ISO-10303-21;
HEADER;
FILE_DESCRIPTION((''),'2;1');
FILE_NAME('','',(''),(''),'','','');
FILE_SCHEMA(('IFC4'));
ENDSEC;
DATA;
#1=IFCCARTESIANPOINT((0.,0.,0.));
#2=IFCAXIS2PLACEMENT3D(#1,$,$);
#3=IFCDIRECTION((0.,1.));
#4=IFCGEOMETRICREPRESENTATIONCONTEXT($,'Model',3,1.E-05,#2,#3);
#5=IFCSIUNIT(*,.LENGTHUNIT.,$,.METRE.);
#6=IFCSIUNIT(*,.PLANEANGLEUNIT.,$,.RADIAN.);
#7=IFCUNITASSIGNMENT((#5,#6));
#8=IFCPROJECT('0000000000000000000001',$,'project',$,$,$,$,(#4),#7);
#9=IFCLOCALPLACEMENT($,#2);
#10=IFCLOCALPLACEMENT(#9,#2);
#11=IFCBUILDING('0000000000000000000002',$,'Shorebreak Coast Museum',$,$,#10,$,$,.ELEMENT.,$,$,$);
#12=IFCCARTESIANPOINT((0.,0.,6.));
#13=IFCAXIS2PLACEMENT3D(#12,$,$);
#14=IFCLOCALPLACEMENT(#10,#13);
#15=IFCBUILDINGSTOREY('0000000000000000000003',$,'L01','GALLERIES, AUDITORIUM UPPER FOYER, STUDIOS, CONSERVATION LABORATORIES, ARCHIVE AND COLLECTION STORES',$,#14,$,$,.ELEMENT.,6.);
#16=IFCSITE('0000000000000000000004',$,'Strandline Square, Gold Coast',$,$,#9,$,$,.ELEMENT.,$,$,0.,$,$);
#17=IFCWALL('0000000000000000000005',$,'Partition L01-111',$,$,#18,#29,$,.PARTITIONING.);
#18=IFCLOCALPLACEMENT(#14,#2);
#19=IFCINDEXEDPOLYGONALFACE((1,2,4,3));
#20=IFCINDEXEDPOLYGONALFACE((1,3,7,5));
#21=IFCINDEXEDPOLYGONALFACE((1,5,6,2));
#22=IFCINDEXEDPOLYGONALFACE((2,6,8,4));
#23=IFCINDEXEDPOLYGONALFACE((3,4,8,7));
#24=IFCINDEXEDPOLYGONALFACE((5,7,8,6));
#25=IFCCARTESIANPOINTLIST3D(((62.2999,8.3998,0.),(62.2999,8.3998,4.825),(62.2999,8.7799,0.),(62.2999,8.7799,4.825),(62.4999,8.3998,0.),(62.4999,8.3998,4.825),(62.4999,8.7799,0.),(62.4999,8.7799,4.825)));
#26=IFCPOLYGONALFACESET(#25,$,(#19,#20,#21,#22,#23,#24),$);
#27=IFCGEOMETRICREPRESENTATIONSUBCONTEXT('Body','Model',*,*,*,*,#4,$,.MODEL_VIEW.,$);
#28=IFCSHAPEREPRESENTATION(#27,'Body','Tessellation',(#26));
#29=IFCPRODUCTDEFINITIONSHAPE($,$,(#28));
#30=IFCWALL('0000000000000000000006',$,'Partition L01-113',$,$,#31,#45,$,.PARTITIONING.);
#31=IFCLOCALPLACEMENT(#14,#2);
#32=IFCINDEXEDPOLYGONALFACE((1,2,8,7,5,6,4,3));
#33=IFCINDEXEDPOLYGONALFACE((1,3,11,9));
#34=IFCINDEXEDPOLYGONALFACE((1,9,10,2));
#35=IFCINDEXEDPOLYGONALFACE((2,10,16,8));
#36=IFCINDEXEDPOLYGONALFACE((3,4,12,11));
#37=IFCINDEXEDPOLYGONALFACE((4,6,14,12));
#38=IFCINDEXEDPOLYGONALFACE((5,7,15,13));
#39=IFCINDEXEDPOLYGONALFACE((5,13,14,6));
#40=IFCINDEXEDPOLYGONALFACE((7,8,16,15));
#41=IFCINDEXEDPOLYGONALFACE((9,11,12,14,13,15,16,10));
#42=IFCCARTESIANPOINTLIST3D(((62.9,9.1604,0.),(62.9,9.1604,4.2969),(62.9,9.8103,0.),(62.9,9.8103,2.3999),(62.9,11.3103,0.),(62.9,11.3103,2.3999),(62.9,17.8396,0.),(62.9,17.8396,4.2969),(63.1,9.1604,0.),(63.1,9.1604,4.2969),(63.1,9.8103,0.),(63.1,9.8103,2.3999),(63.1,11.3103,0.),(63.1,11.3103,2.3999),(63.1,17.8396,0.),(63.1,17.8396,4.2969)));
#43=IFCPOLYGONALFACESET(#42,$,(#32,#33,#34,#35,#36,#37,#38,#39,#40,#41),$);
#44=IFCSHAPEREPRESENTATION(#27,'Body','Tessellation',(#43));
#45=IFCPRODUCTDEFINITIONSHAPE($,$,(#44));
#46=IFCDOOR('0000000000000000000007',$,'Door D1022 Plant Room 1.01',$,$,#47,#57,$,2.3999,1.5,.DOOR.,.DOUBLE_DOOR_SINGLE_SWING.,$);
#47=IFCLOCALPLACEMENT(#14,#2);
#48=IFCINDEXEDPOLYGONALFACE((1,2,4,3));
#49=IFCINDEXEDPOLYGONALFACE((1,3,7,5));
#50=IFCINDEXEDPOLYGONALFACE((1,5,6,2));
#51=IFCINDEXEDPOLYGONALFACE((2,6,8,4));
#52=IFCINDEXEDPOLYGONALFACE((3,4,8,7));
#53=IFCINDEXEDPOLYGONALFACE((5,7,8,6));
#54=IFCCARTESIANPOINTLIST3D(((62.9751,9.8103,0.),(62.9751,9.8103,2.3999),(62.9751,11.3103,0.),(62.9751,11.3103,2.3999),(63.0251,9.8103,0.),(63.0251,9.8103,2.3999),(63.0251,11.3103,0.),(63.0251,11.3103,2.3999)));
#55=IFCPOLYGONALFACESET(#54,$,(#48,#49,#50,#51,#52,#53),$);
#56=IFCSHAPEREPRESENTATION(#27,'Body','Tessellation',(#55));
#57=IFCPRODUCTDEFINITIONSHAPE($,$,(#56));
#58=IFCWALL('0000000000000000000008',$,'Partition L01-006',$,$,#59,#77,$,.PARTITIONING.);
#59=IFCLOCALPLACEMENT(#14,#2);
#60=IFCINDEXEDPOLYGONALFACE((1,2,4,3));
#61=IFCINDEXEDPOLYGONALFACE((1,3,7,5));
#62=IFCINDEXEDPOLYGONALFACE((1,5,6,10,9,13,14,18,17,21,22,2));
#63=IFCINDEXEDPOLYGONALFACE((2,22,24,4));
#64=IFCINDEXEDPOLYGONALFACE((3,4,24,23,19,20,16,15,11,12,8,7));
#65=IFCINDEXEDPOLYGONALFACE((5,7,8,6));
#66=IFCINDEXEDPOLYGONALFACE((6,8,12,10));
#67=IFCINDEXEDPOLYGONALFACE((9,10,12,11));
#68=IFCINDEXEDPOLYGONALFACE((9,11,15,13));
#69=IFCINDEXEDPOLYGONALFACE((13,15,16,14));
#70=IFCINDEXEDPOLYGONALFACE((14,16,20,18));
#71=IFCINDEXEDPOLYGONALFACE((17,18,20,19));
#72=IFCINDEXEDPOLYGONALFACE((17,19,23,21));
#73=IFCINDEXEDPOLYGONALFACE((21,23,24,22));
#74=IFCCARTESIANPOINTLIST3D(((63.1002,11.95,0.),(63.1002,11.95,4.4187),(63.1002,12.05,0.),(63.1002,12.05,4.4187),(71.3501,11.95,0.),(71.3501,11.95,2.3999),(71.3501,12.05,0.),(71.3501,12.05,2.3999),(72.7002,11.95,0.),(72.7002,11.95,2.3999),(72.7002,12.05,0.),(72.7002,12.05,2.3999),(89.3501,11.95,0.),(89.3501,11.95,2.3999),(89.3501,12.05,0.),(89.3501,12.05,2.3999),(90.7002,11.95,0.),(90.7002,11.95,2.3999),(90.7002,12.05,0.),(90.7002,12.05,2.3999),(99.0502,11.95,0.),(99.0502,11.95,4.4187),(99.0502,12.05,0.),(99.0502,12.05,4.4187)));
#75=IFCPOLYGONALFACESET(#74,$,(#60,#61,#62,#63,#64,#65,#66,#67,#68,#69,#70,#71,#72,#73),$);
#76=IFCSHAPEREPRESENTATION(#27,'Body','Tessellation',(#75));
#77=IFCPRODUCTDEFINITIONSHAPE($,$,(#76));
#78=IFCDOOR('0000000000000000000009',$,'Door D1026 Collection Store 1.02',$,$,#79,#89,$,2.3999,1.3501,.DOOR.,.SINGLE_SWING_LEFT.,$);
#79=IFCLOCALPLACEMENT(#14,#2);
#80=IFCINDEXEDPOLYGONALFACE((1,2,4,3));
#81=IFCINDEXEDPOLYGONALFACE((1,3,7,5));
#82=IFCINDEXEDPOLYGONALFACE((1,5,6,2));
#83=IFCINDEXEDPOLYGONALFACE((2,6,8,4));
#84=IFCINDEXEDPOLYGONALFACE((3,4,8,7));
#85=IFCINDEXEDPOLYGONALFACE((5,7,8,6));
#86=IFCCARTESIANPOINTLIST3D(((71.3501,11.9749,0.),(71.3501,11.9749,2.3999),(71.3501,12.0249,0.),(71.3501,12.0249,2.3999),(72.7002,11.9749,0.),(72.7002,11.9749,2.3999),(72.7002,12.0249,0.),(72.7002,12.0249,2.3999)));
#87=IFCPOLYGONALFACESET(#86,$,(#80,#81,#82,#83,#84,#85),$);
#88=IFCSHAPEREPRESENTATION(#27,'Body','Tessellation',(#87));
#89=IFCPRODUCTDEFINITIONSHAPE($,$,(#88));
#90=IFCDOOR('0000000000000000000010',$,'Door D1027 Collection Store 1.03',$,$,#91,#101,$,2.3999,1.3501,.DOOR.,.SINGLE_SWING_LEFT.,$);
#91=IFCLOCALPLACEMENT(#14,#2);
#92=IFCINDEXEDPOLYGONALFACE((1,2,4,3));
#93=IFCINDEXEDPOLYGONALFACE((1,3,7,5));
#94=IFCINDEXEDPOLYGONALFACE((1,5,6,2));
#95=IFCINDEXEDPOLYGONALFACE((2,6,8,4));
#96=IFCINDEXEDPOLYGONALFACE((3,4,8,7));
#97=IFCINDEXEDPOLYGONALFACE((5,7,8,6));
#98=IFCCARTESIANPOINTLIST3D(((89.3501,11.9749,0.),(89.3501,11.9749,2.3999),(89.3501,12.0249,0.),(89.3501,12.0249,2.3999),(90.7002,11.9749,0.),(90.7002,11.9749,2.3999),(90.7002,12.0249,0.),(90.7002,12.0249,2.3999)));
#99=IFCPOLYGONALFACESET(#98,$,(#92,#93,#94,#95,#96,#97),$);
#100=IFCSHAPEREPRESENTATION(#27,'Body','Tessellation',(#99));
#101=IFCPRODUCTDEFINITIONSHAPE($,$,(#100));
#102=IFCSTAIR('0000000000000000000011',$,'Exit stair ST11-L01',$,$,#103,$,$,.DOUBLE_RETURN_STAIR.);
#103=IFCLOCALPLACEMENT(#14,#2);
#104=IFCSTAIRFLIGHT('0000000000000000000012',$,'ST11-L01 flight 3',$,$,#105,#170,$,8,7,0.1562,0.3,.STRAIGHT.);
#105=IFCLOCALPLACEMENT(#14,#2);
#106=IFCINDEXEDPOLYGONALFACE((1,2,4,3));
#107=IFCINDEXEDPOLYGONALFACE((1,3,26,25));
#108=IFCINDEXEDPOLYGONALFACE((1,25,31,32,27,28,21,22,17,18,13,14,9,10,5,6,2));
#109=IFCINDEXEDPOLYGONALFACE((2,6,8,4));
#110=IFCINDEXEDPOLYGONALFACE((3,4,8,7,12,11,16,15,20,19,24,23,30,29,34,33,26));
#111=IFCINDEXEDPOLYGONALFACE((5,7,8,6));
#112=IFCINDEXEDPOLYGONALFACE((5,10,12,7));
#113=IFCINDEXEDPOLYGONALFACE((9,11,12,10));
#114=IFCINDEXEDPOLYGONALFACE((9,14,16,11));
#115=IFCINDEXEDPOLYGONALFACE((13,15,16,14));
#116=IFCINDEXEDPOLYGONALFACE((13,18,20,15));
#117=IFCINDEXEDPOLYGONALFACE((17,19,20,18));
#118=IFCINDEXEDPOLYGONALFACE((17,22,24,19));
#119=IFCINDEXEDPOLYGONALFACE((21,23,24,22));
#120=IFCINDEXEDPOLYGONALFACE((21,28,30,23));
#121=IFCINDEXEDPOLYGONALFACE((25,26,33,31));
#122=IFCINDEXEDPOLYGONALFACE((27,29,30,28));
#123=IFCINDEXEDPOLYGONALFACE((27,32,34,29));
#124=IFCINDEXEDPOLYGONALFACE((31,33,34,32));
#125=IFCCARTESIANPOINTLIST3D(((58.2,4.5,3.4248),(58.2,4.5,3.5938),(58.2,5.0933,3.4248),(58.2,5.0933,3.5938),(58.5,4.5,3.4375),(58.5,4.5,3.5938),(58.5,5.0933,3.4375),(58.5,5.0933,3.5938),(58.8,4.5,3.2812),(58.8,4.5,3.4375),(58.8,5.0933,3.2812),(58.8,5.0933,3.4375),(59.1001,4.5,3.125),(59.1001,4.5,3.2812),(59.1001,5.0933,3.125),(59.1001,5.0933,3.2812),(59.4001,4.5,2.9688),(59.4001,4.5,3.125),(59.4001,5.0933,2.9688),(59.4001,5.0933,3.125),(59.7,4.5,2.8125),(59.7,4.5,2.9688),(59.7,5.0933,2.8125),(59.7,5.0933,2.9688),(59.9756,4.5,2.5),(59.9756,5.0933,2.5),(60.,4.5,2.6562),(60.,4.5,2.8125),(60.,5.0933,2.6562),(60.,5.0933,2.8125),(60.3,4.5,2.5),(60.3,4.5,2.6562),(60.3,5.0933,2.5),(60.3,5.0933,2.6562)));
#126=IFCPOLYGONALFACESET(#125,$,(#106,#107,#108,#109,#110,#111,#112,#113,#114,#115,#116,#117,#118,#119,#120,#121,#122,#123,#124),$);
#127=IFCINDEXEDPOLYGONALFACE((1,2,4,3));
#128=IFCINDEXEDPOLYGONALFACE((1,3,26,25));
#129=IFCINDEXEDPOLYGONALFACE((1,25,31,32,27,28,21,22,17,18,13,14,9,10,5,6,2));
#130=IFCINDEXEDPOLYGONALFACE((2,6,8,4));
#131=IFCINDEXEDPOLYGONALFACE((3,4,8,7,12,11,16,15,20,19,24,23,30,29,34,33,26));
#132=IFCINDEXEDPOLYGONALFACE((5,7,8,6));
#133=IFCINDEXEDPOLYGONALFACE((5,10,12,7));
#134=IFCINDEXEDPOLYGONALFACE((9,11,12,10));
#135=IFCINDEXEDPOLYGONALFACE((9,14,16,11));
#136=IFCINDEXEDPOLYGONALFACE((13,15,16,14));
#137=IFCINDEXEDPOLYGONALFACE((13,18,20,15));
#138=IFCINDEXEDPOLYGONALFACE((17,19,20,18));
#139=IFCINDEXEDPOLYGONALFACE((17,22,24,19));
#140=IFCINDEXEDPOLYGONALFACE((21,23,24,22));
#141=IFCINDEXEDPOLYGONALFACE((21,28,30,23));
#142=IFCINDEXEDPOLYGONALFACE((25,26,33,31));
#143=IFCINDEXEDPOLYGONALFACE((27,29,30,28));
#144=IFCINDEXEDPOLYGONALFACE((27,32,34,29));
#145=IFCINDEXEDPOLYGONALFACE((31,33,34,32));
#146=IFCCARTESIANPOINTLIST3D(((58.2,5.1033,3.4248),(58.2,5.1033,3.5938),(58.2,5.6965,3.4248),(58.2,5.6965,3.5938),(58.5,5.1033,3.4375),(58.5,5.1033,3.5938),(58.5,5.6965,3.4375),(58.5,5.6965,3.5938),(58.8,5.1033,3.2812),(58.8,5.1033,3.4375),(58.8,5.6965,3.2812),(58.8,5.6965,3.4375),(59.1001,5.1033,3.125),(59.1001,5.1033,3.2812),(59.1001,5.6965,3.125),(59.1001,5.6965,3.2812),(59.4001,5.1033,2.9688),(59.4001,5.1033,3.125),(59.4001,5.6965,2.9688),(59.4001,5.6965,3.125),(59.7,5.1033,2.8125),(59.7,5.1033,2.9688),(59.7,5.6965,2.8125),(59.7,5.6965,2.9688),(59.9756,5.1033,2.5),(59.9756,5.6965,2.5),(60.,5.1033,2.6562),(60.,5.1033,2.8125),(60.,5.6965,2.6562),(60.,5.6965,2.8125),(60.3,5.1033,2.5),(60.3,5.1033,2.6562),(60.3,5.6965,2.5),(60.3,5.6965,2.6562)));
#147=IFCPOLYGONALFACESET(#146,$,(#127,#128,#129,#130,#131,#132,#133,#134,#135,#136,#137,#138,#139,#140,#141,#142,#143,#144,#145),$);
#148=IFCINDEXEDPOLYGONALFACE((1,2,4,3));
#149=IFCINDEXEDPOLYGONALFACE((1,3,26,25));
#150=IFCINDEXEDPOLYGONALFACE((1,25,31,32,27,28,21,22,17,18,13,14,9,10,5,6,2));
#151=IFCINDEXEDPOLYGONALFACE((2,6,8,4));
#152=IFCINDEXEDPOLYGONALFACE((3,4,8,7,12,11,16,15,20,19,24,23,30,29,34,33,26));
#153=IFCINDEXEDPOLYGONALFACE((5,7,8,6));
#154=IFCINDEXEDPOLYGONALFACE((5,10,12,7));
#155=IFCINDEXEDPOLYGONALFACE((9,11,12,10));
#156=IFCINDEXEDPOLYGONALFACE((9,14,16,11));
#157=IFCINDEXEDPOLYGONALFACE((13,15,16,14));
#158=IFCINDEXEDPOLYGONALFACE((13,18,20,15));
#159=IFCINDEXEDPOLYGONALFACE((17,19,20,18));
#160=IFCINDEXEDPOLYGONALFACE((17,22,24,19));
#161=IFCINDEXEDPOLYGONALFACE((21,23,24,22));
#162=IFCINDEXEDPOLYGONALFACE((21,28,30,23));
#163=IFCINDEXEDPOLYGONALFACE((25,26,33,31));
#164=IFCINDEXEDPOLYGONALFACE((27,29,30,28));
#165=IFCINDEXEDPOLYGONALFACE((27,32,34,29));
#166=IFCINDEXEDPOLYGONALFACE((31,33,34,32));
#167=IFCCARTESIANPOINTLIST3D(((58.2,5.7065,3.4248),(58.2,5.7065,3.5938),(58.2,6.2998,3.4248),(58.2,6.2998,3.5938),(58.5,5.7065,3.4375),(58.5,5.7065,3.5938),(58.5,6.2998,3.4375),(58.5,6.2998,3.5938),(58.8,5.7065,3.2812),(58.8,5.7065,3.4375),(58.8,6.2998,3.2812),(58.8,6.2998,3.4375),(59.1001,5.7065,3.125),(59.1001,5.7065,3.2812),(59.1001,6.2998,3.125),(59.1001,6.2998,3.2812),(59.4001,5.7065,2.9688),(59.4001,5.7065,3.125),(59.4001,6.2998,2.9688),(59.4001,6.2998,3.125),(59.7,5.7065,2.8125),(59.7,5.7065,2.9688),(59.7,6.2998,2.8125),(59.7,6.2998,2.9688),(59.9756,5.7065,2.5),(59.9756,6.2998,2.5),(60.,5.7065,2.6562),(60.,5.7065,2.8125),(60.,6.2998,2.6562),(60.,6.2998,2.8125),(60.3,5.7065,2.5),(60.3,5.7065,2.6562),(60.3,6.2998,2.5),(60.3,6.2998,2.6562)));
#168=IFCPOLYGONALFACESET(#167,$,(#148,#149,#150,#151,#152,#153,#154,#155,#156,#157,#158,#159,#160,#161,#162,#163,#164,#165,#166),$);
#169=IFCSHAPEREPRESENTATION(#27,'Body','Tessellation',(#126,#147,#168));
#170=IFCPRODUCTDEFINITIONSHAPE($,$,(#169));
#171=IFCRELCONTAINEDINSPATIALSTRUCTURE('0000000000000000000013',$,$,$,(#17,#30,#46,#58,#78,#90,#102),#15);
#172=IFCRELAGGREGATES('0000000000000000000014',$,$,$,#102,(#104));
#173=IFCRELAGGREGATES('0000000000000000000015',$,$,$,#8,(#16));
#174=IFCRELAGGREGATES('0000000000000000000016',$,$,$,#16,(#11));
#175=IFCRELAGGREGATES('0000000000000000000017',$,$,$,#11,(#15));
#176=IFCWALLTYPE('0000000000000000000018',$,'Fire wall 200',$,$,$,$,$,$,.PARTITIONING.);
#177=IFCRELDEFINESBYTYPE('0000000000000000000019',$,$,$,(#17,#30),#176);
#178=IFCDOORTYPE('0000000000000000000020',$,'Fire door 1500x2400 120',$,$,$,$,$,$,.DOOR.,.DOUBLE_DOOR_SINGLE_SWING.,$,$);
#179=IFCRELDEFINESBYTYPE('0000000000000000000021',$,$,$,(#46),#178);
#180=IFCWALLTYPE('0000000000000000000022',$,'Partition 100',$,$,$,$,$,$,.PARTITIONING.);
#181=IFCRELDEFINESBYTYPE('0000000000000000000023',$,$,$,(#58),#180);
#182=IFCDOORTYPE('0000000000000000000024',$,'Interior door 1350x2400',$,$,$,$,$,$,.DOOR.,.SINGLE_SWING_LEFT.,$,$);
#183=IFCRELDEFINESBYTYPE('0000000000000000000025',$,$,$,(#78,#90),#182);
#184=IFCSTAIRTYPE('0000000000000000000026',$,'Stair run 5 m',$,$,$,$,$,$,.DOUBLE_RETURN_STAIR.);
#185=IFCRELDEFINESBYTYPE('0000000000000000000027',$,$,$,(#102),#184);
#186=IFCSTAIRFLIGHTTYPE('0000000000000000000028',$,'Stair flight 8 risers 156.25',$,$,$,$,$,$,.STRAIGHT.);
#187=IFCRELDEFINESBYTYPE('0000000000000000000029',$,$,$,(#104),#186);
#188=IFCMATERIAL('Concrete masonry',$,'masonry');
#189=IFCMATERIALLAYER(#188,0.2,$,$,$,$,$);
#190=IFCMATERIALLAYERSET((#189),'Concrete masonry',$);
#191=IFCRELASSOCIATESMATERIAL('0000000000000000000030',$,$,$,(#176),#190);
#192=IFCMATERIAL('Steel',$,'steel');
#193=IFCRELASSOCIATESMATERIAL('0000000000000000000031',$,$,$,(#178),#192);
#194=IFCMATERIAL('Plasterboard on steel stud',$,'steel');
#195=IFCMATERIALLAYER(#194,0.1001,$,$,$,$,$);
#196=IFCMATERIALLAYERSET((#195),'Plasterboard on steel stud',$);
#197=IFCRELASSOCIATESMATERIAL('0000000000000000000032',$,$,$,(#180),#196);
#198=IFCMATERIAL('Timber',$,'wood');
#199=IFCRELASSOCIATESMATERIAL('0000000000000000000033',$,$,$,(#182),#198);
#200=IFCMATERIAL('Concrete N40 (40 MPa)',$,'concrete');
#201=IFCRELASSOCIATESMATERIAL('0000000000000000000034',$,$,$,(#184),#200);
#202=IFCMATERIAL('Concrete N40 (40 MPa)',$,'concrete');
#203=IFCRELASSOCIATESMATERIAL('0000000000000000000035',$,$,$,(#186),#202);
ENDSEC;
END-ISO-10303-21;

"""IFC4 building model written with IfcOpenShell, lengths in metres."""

from ifc_helpers import new_model, si_unit, direction, frame, frame_2d, origin, place, context, subcontext, project, spatial, polyline, rectangle, outline, extrude, material, layer, layer_set, type_object, element, fill, aggregate, save


model = new_model("IFC4")

# Units and contexts
model_context = context("Model", 3, precision=1e-05, world=origin(), true_north=direction((0.0, 1.0)))
body_context = subcontext(model_context, "Body", "Model", "MODEL_VIEW")
ifc_project = project(units=[si_unit("LENGTHUNIT", "METRE"), si_unit("PLANEANGLEUNIT", "RADIAN")], contexts=[model_context])

# Site, building, storey
site_placement = place(None, origin())
site = spatial("IfcSite", under=ifc_project, at=site_placement, Name="Strandline Square, Gold Coast", CompositionType="ELEMENT", RefElevation=0.0)
building_placement = place(site_placement, origin())
building = spatial("IfcBuilding", under=site, at=building_placement, Name="Shorebreak Coast Museum", CompositionType="ELEMENT")
storey_placement = place(building_placement, frame((0.0, 0.0, 6.0)))
storey = spatial("IfcBuildingStorey", under=building, at=storey_placement, Name="L01", Description="GALLERIES, AUDITORIUM UPPER FOYER, STUDIOS, CONSERVATION LABORATORIES, ARCHIVE AND COLLECTION STORES", CompositionType="ELEMENT", Elevation=6.0)

# Wall
ifc_material_1 = material(Name="Concrete masonry", Category="masonry")
ifc_layer_1 = layer(ifc_material_1, 0.2)
ifc_layer_set_1 = layer_set([ifc_layer_1], Name="Concrete masonry")
wall_type_1 = type_object("IfcWallType", Name="Fire wall 200", PredefinedType="PARTITIONING", material=ifc_layer_set_1)
wall_1_placement = place(storey_placement, frame((62.3999, 8.3999, 0.0), z_axis=(0.0, 0.0, 1.0), x_axis=(0.0, 1.0, 0.0)))
element("IfcWall", 1, at=wall_1_placement, inside=storey, type_object=wall_type_1, Name="Partition L01-111", PredefinedType="PARTITIONING", context=body_context, shape_type="SweptSolid", body=[
    extrude(rectangle(XDim=0.3801, YDim=0.2, at=frame_2d((0.1899, 0.0))), origin(), (0.0, 0.0, 1.0), 4.825),
])

# Wall, opening, door
wall_2_placement = place(storey_placement, frame((63.0, 9.1604, 0.0), z_axis=(0.0, 0.0, 1.0), x_axis=(0.0, 1.0, 0.0)))
wall_2 = element("IfcWall", 2, at=wall_2_placement, inside=storey, type_object=wall_type_1, Name="Partition L01-113", PredefinedType="PARTITIONING", context=body_context, shape_type="SweptSolid", body=[
    extrude(rectangle(XDim=8.6792, YDim=0.2, at=frame_2d((4.3396, 0.0))), origin(), (0.0, 0.0, 1.0), 4.2969),
])
opening_1_placement = place(wall_2_placement, frame((0.6499, 0.0, 0.0)))
opening_1 = element("IfcOpeningElement", 3, at=opening_1_placement, cuts=wall_2, PredefinedType="OPENING", context=body_context, shape_type="SweptSolid", body=[
    extrude(rectangle(XDim=1.5, YDim=2.3999, at=frame_2d((0.75, 1.2))), frame((0.0, 0.1099, 0.0), z_axis=(0.0, -1.0, 0.0), x_axis=(1.0, 0.0, 0.0)), (0.0, 0.0, 1.0), 0.22),
])
ifc_material_2 = material(Name="Steel", Category="steel")
door_type_1 = type_object("IfcDoorType", Name="Fire door 1500x2400 120", OperationType="DOUBLE_DOOR_SINGLE_SWING", PredefinedType="DOOR", material=ifc_material_2)
door_1_placement = place(opening_1_placement, origin())
door_1 = element("IfcDoor", 4, at=door_1_placement, inside=storey, type_object=door_type_1, Name="Door D1022 Plant Room 1.01", OperationType="DOUBLE_DOOR_SINGLE_SWING", OverallHeight=2.3999, OverallWidth=1.5, PredefinedType="DOOR", context=body_context, shape_type="SweptSolid", body=[
    extrude(rectangle(XDim=1.5, YDim=2.3999, at=frame_2d((0.75, 1.2))), frame((0.0, 0.0249, 0.0), z_axis=(0.0, -1.0, 0.0), x_axis=(1.0, 0.0, 0.0)), (0.0, 0.0, 1.0), 0.05),
])
fill(opening_1, door_1)

# Wall, openings, doors
ifc_material_3 = material(Name="Plasterboard on steel stud", Category="steel")
ifc_layer_2 = layer(ifc_material_3, 0.1001)
ifc_layer_set_2 = layer_set([ifc_layer_2], Name="Plasterboard on steel stud")
wall_type_2 = type_object("IfcWallType", Name="Partition 100", PredefinedType="PARTITIONING", material=ifc_layer_set_2)
wall_3_placement = place(storey_placement, frame((63.1001, 12.0, 0.0), z_axis=(0.0, 0.0, 1.0), x_axis=(1.0, 0.0, 0.0)))
wall_3 = element("IfcWall", 5, at=wall_3_placement, inside=storey, type_object=wall_type_2, Name="Partition L01-006", PredefinedType="PARTITIONING", context=body_context, shape_type="SweptSolid", body=[
    extrude(rectangle(XDim=35.95, YDim=0.1001, at=frame_2d((17.9751, 0.0))), origin(), (0.0, 0.0, 1.0), 4.4187),
])
opening_2_placement = place(wall_3_placement, frame((8.25, 0.0, 0.0)))
opening_2 = element("IfcOpeningElement", 6, at=opening_2_placement, cuts=wall_3, PredefinedType="OPENING", context=body_context, shape_type="SweptSolid", body=[
    extrude(rectangle(XDim=1.3501, YDim=2.3999, at=frame_2d((0.675, 1.2))), frame((0.0, 0.0601, 0.0), z_axis=(0.0, -1.0, 0.0), x_axis=(1.0, 0.0, 0.0)), (0.0, 0.0, 1.0), 0.1201),
])
opening_3_placement = place(wall_3_placement, frame((26.25, 0.0, 0.0)))
opening_3 = element("IfcOpeningElement", 7, at=opening_3_placement, cuts=wall_3, PredefinedType="OPENING", context=body_context, shape_type="SweptSolid", body=[
    extrude(rectangle(XDim=1.3501, YDim=2.3999, at=frame_2d((0.675, 1.2))), frame((0.0, 0.0601, 0.0), z_axis=(0.0, -1.0, 0.0), x_axis=(1.0, 0.0, 0.0)), (0.0, 0.0, 1.0), 0.1201),
])
ifc_material_4 = material(Name="Timber", Category="wood")
door_type_2 = type_object("IfcDoorType", Name="Interior door 1350x2400", OperationType="SINGLE_SWING_LEFT", PredefinedType="DOOR", material=ifc_material_4)
door_2_placement = place(opening_2_placement, origin())
door_2 = element("IfcDoor", 8, at=door_2_placement, inside=storey, type_object=door_type_2, Name="Door D1026 Collection Store 1.02", OperationType="SINGLE_SWING_LEFT", OverallHeight=2.3999, OverallWidth=1.3501, PredefinedType="DOOR", context=body_context, shape_type="SweptSolid", body=[
    extrude(rectangle(XDim=1.3501, YDim=2.3999, at=frame_2d((0.675, 1.2))), frame((0.0, 0.0249, 0.0), z_axis=(0.0, -1.0, 0.0), x_axis=(1.0, 0.0, 0.0)), (0.0, 0.0, 1.0), 0.05),
])
fill(opening_2, door_2)
door_3_placement = place(opening_3_placement, origin())
door_3 = element("IfcDoor", 9, at=door_3_placement, inside=storey, type_object=door_type_2, Name="Door D1027 Collection Store 1.03", OperationType="SINGLE_SWING_LEFT", OverallHeight=2.3999, OverallWidth=1.3501, PredefinedType="DOOR", context=body_context, shape_type="SweptSolid", body=[
    extrude(rectangle(XDim=1.3501, YDim=2.3999, at=frame_2d((0.675, 1.2))), frame((0.0, 0.0249, 0.0), z_axis=(0.0, -1.0, 0.0), x_axis=(1.0, 0.0, 0.0)), (0.0, 0.0, 1.0), 0.05),
])
fill(opening_3, door_3)

# Stair, stair flight
ifc_material_5 = material(Name="Concrete N40 (40 MPa)", Category="concrete")
stair_type = type_object("IfcStairType", Name="Stair run 5 m", PredefinedType="DOUBLE_RETURN_STAIR", material=ifc_material_5)
stair_placement = place(storey_placement, origin())
stair = element("IfcStair", 10, at=stair_placement, inside=storey, type_object=stair_type, Name="Exit stair ST11-L01", PredefinedType="DOUBLE_RETURN_STAIR")
ifc_material_6 = material(Name="Concrete N40 (40 MPa)", Category="concrete")
stair_flight_type = type_object("IfcStairFlightType", Name="Stair flight 8 risers 156.25", PredefinedType="STRAIGHT", material=ifc_material_6)
stair_flight_placement = place(storey_placement, frame((60.3, 5.3999, 2.5), z_axis=(0.0, 0.0, 1.0), x_axis=(-1.0, 0.0, 0.0)))
stair_flight = element("IfcStairFlight", 11, at=stair_flight_placement, type_object=stair_flight_type, Name="ST11-L01 flight 3", NumberOfRisers=8, NumberOfTreads=7, PredefinedType="STRAIGHT", RiserHeight=0.1562, TreadLength=0.3, context=body_context, shape_type="SweptSolid", body=[
    extrude(outline(polyline([(0.0, 0.0), (0.0, 0.1562), (0.3, 0.1562), (0.3, 0.3125), (0.6001, 0.3125), (0.6001, 0.4688), (0.8999, 0.4688), (0.8999, 0.625), (1.2, 0.625), (1.2, 0.7812), (1.5, 0.7812), (1.5, 0.9375), (1.8, 0.9375), (1.8, 1.0938), (2.1001, 1.0938), (2.1001, 1.25), (2.1001, 0.9248), (0.3245, 0.0), (0.0, 0.0)])), frame((0.0, 0.8999, 0.0), z_axis=(0.0, -1.0, 0.0), x_axis=(1.0, 0.0, 0.0)), (0.0, 0.0, 1.0), 0.5933),
    extrude(outline(polyline([(0.0, 0.0), (0.0, 0.1562), (0.3, 0.1562), (0.3, 0.3125), (0.6001, 0.3125), (0.6001, 0.4688), (0.8999, 0.4688), (0.8999, 0.625), (1.2, 0.625), (1.2, 0.7812), (1.5, 0.7812), (1.5, 0.9375), (1.8, 0.9375), (1.8, 1.0938), (2.1001, 1.0938), (2.1001, 1.25), (2.1001, 0.9248), (0.3245, 0.0), (0.0, 0.0)])), frame((0.0, 0.2966, 0.0), z_axis=(0.0, -1.0, 0.0), x_axis=(1.0, 0.0, 0.0)), (0.0, 0.0, 1.0), 0.5933),
    extrude(outline(polyline([(0.0, 0.0), (0.0, 0.1562), (0.3, 0.1562), (0.3, 0.3125), (0.6001, 0.3125), (0.6001, 0.4688), (0.8999, 0.4688), (0.8999, 0.625), (1.2, 0.625), (1.2, 0.7812), (1.5, 0.7812), (1.5, 0.9375), (1.8, 0.9375), (1.8, 1.0938), (2.1001, 1.0938), (2.1001, 1.25), (2.1001, 0.9248), (0.3245, 0.0), (0.0, 0.0)])), frame((0.0, -0.3066, 0.0), z_axis=(0.0, -1.0, 0.0), x_axis=(1.0, 0.0, 0.0)), (0.0, 0.0, 1.0), 0.5933),
])
aggregate(stair, [stair_flight])

save(model, "model.ifc")
